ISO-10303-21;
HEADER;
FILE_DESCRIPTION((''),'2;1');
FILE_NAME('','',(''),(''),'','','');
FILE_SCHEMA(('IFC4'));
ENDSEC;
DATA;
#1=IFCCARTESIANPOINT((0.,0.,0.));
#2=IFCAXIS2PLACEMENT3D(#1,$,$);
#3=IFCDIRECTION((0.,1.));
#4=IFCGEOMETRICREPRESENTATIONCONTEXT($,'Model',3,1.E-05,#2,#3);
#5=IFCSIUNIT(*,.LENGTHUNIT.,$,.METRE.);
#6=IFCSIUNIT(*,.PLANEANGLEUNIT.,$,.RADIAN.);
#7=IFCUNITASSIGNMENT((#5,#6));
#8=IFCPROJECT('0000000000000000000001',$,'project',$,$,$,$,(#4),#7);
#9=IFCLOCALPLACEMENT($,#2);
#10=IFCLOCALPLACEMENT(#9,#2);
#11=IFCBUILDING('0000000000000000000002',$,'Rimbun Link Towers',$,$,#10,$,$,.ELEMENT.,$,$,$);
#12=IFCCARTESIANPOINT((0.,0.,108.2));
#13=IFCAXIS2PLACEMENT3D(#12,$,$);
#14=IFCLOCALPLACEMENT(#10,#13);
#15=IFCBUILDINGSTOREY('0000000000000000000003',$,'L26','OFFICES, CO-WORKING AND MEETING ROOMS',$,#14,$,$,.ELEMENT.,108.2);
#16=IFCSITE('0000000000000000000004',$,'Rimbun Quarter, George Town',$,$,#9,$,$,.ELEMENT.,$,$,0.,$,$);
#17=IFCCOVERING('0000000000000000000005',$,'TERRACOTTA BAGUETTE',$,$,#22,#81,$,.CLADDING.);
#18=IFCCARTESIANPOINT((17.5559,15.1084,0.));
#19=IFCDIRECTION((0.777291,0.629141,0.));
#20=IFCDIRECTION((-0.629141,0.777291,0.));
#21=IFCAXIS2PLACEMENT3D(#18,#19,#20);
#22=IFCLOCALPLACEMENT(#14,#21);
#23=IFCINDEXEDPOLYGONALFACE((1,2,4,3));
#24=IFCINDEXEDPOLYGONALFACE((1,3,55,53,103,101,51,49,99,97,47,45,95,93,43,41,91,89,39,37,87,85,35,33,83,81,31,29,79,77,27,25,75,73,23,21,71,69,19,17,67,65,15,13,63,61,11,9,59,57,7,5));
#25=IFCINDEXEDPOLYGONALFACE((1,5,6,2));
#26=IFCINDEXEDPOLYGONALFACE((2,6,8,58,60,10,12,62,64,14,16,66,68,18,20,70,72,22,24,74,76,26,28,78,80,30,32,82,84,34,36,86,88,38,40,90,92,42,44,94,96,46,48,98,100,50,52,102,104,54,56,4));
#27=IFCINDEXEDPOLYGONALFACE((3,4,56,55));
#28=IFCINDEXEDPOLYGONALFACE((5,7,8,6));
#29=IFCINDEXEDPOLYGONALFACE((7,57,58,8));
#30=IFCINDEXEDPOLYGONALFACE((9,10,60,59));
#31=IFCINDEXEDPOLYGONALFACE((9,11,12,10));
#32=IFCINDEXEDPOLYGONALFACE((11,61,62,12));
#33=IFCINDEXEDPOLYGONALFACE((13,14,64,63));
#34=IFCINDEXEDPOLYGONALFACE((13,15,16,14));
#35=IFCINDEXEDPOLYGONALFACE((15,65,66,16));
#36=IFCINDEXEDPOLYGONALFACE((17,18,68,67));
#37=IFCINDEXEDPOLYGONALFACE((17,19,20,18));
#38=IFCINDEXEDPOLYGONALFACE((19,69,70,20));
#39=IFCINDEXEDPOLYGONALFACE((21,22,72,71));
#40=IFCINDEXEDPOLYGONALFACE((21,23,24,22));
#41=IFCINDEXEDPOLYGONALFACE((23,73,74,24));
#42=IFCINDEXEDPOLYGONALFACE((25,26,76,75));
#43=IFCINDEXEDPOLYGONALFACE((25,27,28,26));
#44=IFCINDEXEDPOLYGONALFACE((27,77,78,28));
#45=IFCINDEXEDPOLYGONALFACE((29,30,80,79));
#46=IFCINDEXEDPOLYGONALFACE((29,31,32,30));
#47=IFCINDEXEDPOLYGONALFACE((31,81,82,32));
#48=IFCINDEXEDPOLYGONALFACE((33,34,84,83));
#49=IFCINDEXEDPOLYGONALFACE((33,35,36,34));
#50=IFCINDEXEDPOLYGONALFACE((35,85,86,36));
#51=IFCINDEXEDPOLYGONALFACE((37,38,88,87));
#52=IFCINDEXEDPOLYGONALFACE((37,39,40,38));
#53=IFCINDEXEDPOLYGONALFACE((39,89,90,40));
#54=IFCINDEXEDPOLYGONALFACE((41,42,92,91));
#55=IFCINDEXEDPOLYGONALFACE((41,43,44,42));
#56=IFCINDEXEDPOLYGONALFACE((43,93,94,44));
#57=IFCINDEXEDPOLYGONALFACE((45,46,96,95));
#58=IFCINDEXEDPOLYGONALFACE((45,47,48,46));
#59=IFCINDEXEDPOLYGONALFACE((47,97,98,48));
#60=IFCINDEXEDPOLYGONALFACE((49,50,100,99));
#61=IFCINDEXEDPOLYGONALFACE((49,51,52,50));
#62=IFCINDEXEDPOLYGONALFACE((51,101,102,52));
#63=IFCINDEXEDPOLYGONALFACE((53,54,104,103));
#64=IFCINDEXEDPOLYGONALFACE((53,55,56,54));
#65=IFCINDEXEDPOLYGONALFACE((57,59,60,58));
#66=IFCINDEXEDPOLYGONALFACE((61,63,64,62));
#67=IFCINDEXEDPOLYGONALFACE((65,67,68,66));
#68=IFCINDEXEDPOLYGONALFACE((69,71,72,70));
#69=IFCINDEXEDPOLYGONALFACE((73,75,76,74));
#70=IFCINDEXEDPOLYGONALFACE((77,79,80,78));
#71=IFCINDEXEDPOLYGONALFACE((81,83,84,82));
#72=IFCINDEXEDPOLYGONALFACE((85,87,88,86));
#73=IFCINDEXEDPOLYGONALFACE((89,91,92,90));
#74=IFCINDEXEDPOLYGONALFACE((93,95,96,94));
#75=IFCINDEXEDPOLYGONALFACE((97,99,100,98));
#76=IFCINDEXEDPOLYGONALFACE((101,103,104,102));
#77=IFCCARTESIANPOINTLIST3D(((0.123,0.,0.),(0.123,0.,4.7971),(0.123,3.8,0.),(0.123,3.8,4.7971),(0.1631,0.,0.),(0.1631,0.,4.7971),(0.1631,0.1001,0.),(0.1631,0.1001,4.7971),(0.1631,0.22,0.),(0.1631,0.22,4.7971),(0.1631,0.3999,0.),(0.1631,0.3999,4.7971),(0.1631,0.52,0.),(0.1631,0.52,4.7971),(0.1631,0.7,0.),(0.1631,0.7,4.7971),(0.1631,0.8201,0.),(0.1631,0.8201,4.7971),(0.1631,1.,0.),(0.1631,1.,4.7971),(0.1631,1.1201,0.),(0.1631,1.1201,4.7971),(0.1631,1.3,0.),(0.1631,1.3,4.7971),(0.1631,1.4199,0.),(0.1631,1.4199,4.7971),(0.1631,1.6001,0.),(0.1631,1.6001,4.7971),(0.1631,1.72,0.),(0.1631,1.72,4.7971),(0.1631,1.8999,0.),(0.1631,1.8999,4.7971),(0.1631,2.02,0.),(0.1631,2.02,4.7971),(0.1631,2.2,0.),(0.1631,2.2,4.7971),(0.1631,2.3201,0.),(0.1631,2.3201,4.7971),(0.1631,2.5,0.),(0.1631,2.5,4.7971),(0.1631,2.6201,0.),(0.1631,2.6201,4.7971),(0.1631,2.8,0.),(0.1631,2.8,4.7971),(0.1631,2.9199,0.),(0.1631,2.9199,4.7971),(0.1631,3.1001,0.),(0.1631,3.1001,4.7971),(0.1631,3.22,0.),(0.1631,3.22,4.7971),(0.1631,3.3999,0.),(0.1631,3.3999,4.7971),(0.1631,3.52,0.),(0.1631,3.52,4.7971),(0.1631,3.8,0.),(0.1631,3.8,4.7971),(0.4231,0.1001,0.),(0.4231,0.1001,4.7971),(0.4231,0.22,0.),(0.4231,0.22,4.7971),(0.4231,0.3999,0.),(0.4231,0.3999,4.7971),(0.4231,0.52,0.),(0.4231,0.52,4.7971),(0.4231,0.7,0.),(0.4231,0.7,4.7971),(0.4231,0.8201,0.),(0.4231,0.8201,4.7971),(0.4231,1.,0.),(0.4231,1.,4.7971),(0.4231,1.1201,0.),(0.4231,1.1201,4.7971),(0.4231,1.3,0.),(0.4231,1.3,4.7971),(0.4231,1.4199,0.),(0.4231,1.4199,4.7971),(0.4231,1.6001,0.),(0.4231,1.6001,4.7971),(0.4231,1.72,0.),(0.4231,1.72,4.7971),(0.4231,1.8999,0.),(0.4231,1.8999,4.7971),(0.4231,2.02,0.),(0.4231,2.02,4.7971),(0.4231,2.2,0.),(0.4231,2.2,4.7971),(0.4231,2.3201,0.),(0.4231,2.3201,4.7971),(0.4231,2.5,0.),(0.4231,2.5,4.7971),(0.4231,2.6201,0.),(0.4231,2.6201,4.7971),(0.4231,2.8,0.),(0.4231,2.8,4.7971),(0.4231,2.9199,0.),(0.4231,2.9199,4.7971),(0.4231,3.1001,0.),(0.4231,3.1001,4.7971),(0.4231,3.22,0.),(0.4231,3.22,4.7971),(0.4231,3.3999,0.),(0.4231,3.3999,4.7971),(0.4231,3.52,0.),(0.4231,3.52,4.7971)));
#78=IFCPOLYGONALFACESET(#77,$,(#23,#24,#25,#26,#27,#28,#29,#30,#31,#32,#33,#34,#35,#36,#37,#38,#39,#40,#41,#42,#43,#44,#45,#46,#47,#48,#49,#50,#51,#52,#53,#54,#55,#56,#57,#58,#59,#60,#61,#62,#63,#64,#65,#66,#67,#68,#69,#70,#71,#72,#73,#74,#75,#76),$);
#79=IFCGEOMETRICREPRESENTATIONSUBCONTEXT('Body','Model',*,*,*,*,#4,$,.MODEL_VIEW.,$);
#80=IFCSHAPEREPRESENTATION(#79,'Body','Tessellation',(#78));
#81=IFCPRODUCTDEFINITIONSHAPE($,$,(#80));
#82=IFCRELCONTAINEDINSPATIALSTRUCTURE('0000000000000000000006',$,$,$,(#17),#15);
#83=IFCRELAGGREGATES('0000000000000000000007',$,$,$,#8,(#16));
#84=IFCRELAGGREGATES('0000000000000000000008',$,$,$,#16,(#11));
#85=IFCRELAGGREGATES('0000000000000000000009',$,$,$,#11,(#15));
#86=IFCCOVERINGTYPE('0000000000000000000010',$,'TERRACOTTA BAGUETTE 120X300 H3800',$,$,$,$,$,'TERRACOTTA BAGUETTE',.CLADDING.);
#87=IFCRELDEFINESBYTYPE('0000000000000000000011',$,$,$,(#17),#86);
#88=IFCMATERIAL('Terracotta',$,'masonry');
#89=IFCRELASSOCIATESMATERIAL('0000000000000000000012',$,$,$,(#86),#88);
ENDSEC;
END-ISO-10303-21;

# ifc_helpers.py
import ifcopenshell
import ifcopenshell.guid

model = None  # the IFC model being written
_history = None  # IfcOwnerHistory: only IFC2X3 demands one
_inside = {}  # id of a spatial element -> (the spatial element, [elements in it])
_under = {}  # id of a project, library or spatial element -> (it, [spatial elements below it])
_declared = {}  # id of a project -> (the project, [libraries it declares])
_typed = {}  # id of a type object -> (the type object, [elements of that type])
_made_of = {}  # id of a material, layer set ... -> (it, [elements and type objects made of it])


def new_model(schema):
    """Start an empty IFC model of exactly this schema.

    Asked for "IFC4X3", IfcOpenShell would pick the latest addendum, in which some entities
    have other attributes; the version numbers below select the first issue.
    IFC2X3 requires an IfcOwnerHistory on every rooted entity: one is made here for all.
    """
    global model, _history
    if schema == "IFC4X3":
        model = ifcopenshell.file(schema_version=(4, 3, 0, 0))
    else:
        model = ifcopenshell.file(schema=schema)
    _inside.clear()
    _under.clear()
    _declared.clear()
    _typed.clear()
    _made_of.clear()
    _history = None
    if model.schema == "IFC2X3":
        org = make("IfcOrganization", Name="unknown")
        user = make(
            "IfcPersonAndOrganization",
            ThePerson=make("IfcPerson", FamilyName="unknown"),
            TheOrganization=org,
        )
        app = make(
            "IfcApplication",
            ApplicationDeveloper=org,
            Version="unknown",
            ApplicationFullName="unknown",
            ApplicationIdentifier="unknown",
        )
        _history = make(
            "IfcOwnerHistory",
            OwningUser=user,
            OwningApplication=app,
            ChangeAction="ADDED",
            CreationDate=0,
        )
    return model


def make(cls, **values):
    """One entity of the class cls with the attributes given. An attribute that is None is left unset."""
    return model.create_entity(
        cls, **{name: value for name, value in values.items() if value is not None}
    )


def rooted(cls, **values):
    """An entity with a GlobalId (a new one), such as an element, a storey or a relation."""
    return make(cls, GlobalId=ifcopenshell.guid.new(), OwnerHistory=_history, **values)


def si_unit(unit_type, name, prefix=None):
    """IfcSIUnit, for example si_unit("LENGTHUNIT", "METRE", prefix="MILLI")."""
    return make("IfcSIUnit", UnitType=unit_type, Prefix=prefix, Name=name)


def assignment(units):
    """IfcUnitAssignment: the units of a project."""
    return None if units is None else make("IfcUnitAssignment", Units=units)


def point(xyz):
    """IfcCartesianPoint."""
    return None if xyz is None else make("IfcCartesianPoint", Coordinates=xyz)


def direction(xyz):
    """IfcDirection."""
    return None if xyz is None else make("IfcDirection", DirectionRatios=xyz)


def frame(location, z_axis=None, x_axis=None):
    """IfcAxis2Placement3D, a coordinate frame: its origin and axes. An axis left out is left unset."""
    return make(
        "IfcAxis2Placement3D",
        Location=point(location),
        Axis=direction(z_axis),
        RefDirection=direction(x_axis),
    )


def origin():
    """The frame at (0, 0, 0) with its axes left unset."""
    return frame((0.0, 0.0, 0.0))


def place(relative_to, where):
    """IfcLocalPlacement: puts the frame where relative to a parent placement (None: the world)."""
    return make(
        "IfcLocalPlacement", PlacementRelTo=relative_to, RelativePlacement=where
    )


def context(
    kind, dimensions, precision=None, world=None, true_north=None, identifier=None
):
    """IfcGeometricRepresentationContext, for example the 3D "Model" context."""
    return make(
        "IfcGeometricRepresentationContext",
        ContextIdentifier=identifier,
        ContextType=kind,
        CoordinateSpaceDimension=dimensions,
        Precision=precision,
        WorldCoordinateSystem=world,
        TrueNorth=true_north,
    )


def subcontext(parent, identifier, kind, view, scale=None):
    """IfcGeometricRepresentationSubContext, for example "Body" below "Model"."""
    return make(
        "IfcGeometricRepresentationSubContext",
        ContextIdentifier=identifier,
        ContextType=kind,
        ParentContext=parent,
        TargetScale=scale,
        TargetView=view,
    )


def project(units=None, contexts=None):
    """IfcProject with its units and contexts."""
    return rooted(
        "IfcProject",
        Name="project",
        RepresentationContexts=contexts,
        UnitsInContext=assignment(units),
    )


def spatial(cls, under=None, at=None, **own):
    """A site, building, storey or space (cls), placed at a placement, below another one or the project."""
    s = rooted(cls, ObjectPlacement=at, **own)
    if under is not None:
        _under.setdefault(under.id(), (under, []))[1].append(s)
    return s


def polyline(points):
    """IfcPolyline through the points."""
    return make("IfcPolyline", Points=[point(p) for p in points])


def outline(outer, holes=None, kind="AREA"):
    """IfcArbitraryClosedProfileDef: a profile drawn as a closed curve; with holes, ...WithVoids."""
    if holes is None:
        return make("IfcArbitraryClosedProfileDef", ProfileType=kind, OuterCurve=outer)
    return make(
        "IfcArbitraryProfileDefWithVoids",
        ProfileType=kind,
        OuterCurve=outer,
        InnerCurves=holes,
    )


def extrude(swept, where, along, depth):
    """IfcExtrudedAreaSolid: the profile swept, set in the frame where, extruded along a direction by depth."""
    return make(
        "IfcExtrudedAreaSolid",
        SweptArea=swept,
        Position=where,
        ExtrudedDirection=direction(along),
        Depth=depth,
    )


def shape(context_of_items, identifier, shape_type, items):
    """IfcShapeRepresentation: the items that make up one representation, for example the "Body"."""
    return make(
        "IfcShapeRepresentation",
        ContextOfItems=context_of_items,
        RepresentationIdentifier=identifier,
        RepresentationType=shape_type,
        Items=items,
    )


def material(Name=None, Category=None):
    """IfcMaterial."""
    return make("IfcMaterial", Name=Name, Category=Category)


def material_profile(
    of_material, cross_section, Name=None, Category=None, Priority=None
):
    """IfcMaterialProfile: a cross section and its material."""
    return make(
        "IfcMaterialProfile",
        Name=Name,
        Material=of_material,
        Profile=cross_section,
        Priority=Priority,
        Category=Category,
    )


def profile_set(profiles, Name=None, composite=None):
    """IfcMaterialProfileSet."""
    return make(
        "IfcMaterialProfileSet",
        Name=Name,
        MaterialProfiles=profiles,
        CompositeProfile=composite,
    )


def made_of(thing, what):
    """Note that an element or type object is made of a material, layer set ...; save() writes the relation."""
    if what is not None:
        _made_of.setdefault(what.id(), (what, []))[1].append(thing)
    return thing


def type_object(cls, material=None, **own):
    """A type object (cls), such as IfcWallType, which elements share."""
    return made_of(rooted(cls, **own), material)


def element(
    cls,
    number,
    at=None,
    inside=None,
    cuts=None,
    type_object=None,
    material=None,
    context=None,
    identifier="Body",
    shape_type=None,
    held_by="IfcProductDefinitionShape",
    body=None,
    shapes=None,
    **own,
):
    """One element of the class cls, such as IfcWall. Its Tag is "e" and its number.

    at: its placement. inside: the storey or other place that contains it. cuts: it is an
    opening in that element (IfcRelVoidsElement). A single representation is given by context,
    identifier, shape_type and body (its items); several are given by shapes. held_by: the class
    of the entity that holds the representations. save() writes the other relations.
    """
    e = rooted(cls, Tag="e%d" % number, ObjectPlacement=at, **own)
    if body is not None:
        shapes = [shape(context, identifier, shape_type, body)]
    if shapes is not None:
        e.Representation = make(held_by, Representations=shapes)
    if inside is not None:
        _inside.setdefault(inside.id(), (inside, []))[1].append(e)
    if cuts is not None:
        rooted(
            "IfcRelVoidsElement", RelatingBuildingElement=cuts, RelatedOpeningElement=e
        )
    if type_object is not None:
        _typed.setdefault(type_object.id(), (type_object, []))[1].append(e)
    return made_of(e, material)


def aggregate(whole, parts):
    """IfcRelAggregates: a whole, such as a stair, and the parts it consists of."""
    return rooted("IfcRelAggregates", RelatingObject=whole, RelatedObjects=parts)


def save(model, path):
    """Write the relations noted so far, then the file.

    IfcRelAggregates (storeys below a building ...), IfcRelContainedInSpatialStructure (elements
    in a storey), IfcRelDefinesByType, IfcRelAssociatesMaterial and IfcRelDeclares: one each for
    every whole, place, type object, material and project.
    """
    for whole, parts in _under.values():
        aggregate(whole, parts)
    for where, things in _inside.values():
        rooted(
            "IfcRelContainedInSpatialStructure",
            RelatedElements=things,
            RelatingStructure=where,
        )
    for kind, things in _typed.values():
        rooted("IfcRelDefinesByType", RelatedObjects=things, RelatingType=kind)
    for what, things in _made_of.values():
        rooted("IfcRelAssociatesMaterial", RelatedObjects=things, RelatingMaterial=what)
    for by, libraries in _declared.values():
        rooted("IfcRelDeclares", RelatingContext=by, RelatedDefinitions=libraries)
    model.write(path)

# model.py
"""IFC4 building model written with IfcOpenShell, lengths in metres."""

from ifc_helpers import new_model, si_unit, direction, frame, origin, place, context, subcontext, project, spatial, polyline, outline, extrude, material, material_profile, profile_set, type_object, element, save


model = new_model("IFC4")

# Units and contexts
model_context = context("Model", 3, precision=1e-05, world=origin(), true_north=direction((0.0, 1.0)))
body_context = subcontext(model_context, "Body", "Model", "MODEL_VIEW")
ifc_project = project(units=[si_unit("LENGTHUNIT", "METRE"), si_unit("PLANEANGLEUNIT", "RADIAN")], contexts=[model_context])

# Site, building, storey
site_placement = place(None, origin())
site = spatial("IfcSite", under=ifc_project, at=site_placement, Name="Rimbun Quarter, George Town", CompositionType="ELEMENT", RefElevation=0.0)
building_placement = place(site_placement, origin())
building = spatial("IfcBuilding", under=site, at=building_placement, Name="Rimbun Link Towers", CompositionType="ELEMENT")
storey_placement = place(building_placement, frame((0.0, 0.0, 108.2)))
storey = spatial("IfcBuildingStorey", under=building, at=storey_placement, Name="L26", Description="OFFICES, CO-WORKING AND MEETING ROOMS", CompositionType="ELEMENT", Elevation=108.2)

# Covering
ifc_material_1 = material(Name="Terracotta", Category="masonry")
ifc_material_profile_1 = material_profile(ifc_material_1, outline(polyline([(0.123, 0.0), (0.1631, 0.0), (0.1631, 0.1001), (0.4231, 0.1001), (0.4231, 0.22), (0.1631, 0.22), (0.1631, 0.3999), (0.4231, 0.3999), (0.4231, 0.52), (0.1631, 0.52), (0.1631, 0.7), (0.4231, 0.7), (0.4231, 0.8201), (0.1631, 0.8201), (0.1631, 1.0), (0.4231, 1.0), (0.4231, 1.1201), (0.1631, 1.1201), (0.1631, 1.3), (0.4231, 1.3), (0.4231, 1.4199), (0.1631, 1.4199), (0.1631, 1.6001), (0.4231, 1.6001), (0.4231, 1.72), (0.1631, 1.72), (0.1631, 1.8999), (0.4231, 1.8999), (0.4231, 2.02), (0.1631, 2.02), (0.1631, 2.2), (0.4231, 2.2), (0.4231, 2.3201), (0.1631, 2.3201), (0.1631, 2.5), (0.4231, 2.5), (0.4231, 2.6201), (0.1631, 2.6201), (0.1631, 2.8), (0.4231, 2.8), (0.4231, 2.9199), (0.1631, 2.9199), (0.1631, 3.1001), (0.4231, 3.1001), (0.4231, 3.22), (0.1631, 3.22), (0.1631, 3.3999), (0.4231, 3.3999), (0.4231, 3.52), (0.1631, 3.52), (0.1631, 3.8), (0.123, 3.8), (0.123, 0.0)])), Name="BAGUETTE 120X300")
ifc_profile_set_1 = profile_set([ifc_material_profile_1], Name="Terracotta")
covering_type = type_object("IfcCoveringType", Name="TERRACOTTA BAGUETTE 120X300 H3800", ElementType="TERRACOTTA BAGUETTE", PredefinedType="CLADDING", material=ifc_profile_set_1)
covering_1_placement = place(storey_placement, frame((17.5559, 15.1084, 0.0), z_axis=(0.777291, 0.629141, 0.0), x_axis=(-0.629141, 0.777291, 0.0)))
element("IfcCovering", 1, at=covering_1_placement, inside=storey, type_object=covering_type, Name="TERRACOTTA BAGUETTE", PredefinedType="CLADDING", context=body_context, shape_type="SweptSolid", body=[
    extrude(outline(polyline([(0.123, 0.0), (0.1631, 0.0), (0.1631, 0.1001), (0.4231, 0.1001), (0.4231, 0.22), (0.1631, 0.22), (0.1631, 0.3999), (0.4231, 0.3999), (0.4231, 0.52), (0.1631, 0.52), (0.1631, 0.7), (0.4231, 0.7), (0.4231, 0.8201), (0.1631, 0.8201), (0.1631, 1.0), (0.4231, 1.0), (0.4231, 1.1201), (0.1631, 1.1201), (0.1631, 1.3), (0.4231, 1.3), (0.4231, 1.4199), (0.1631, 1.4199), (0.1631, 1.6001), (0.4231, 1.6001), (0.4231, 1.72), (0.1631, 1.72), (0.1631, 1.8999), (0.4231, 1.8999), (0.4231, 2.02), (0.1631, 2.02), (0.1631, 2.2), (0.4231, 2.2), (0.4231, 2.3201), (0.1631, 2.3201), (0.1631, 2.5), (0.4231, 2.5), (0.4231, 2.6201), (0.1631, 2.6201), (0.1631, 2.8), (0.4231, 2.8), (0.4231, 2.9199), (0.1631, 2.9199), (0.1631, 3.1001), (0.4231, 3.1001), (0.4231, 3.22), (0.1631, 3.22), (0.1631, 3.3999), (0.4231, 3.3999), (0.4231, 3.52), (0.1631, 3.52), (0.1631, 3.8), (0.123, 3.8), (0.123, 0.0)])), origin(), (0.0, 0.0, 1.0), 4.7971),
])

save(model, "model.ifc")
